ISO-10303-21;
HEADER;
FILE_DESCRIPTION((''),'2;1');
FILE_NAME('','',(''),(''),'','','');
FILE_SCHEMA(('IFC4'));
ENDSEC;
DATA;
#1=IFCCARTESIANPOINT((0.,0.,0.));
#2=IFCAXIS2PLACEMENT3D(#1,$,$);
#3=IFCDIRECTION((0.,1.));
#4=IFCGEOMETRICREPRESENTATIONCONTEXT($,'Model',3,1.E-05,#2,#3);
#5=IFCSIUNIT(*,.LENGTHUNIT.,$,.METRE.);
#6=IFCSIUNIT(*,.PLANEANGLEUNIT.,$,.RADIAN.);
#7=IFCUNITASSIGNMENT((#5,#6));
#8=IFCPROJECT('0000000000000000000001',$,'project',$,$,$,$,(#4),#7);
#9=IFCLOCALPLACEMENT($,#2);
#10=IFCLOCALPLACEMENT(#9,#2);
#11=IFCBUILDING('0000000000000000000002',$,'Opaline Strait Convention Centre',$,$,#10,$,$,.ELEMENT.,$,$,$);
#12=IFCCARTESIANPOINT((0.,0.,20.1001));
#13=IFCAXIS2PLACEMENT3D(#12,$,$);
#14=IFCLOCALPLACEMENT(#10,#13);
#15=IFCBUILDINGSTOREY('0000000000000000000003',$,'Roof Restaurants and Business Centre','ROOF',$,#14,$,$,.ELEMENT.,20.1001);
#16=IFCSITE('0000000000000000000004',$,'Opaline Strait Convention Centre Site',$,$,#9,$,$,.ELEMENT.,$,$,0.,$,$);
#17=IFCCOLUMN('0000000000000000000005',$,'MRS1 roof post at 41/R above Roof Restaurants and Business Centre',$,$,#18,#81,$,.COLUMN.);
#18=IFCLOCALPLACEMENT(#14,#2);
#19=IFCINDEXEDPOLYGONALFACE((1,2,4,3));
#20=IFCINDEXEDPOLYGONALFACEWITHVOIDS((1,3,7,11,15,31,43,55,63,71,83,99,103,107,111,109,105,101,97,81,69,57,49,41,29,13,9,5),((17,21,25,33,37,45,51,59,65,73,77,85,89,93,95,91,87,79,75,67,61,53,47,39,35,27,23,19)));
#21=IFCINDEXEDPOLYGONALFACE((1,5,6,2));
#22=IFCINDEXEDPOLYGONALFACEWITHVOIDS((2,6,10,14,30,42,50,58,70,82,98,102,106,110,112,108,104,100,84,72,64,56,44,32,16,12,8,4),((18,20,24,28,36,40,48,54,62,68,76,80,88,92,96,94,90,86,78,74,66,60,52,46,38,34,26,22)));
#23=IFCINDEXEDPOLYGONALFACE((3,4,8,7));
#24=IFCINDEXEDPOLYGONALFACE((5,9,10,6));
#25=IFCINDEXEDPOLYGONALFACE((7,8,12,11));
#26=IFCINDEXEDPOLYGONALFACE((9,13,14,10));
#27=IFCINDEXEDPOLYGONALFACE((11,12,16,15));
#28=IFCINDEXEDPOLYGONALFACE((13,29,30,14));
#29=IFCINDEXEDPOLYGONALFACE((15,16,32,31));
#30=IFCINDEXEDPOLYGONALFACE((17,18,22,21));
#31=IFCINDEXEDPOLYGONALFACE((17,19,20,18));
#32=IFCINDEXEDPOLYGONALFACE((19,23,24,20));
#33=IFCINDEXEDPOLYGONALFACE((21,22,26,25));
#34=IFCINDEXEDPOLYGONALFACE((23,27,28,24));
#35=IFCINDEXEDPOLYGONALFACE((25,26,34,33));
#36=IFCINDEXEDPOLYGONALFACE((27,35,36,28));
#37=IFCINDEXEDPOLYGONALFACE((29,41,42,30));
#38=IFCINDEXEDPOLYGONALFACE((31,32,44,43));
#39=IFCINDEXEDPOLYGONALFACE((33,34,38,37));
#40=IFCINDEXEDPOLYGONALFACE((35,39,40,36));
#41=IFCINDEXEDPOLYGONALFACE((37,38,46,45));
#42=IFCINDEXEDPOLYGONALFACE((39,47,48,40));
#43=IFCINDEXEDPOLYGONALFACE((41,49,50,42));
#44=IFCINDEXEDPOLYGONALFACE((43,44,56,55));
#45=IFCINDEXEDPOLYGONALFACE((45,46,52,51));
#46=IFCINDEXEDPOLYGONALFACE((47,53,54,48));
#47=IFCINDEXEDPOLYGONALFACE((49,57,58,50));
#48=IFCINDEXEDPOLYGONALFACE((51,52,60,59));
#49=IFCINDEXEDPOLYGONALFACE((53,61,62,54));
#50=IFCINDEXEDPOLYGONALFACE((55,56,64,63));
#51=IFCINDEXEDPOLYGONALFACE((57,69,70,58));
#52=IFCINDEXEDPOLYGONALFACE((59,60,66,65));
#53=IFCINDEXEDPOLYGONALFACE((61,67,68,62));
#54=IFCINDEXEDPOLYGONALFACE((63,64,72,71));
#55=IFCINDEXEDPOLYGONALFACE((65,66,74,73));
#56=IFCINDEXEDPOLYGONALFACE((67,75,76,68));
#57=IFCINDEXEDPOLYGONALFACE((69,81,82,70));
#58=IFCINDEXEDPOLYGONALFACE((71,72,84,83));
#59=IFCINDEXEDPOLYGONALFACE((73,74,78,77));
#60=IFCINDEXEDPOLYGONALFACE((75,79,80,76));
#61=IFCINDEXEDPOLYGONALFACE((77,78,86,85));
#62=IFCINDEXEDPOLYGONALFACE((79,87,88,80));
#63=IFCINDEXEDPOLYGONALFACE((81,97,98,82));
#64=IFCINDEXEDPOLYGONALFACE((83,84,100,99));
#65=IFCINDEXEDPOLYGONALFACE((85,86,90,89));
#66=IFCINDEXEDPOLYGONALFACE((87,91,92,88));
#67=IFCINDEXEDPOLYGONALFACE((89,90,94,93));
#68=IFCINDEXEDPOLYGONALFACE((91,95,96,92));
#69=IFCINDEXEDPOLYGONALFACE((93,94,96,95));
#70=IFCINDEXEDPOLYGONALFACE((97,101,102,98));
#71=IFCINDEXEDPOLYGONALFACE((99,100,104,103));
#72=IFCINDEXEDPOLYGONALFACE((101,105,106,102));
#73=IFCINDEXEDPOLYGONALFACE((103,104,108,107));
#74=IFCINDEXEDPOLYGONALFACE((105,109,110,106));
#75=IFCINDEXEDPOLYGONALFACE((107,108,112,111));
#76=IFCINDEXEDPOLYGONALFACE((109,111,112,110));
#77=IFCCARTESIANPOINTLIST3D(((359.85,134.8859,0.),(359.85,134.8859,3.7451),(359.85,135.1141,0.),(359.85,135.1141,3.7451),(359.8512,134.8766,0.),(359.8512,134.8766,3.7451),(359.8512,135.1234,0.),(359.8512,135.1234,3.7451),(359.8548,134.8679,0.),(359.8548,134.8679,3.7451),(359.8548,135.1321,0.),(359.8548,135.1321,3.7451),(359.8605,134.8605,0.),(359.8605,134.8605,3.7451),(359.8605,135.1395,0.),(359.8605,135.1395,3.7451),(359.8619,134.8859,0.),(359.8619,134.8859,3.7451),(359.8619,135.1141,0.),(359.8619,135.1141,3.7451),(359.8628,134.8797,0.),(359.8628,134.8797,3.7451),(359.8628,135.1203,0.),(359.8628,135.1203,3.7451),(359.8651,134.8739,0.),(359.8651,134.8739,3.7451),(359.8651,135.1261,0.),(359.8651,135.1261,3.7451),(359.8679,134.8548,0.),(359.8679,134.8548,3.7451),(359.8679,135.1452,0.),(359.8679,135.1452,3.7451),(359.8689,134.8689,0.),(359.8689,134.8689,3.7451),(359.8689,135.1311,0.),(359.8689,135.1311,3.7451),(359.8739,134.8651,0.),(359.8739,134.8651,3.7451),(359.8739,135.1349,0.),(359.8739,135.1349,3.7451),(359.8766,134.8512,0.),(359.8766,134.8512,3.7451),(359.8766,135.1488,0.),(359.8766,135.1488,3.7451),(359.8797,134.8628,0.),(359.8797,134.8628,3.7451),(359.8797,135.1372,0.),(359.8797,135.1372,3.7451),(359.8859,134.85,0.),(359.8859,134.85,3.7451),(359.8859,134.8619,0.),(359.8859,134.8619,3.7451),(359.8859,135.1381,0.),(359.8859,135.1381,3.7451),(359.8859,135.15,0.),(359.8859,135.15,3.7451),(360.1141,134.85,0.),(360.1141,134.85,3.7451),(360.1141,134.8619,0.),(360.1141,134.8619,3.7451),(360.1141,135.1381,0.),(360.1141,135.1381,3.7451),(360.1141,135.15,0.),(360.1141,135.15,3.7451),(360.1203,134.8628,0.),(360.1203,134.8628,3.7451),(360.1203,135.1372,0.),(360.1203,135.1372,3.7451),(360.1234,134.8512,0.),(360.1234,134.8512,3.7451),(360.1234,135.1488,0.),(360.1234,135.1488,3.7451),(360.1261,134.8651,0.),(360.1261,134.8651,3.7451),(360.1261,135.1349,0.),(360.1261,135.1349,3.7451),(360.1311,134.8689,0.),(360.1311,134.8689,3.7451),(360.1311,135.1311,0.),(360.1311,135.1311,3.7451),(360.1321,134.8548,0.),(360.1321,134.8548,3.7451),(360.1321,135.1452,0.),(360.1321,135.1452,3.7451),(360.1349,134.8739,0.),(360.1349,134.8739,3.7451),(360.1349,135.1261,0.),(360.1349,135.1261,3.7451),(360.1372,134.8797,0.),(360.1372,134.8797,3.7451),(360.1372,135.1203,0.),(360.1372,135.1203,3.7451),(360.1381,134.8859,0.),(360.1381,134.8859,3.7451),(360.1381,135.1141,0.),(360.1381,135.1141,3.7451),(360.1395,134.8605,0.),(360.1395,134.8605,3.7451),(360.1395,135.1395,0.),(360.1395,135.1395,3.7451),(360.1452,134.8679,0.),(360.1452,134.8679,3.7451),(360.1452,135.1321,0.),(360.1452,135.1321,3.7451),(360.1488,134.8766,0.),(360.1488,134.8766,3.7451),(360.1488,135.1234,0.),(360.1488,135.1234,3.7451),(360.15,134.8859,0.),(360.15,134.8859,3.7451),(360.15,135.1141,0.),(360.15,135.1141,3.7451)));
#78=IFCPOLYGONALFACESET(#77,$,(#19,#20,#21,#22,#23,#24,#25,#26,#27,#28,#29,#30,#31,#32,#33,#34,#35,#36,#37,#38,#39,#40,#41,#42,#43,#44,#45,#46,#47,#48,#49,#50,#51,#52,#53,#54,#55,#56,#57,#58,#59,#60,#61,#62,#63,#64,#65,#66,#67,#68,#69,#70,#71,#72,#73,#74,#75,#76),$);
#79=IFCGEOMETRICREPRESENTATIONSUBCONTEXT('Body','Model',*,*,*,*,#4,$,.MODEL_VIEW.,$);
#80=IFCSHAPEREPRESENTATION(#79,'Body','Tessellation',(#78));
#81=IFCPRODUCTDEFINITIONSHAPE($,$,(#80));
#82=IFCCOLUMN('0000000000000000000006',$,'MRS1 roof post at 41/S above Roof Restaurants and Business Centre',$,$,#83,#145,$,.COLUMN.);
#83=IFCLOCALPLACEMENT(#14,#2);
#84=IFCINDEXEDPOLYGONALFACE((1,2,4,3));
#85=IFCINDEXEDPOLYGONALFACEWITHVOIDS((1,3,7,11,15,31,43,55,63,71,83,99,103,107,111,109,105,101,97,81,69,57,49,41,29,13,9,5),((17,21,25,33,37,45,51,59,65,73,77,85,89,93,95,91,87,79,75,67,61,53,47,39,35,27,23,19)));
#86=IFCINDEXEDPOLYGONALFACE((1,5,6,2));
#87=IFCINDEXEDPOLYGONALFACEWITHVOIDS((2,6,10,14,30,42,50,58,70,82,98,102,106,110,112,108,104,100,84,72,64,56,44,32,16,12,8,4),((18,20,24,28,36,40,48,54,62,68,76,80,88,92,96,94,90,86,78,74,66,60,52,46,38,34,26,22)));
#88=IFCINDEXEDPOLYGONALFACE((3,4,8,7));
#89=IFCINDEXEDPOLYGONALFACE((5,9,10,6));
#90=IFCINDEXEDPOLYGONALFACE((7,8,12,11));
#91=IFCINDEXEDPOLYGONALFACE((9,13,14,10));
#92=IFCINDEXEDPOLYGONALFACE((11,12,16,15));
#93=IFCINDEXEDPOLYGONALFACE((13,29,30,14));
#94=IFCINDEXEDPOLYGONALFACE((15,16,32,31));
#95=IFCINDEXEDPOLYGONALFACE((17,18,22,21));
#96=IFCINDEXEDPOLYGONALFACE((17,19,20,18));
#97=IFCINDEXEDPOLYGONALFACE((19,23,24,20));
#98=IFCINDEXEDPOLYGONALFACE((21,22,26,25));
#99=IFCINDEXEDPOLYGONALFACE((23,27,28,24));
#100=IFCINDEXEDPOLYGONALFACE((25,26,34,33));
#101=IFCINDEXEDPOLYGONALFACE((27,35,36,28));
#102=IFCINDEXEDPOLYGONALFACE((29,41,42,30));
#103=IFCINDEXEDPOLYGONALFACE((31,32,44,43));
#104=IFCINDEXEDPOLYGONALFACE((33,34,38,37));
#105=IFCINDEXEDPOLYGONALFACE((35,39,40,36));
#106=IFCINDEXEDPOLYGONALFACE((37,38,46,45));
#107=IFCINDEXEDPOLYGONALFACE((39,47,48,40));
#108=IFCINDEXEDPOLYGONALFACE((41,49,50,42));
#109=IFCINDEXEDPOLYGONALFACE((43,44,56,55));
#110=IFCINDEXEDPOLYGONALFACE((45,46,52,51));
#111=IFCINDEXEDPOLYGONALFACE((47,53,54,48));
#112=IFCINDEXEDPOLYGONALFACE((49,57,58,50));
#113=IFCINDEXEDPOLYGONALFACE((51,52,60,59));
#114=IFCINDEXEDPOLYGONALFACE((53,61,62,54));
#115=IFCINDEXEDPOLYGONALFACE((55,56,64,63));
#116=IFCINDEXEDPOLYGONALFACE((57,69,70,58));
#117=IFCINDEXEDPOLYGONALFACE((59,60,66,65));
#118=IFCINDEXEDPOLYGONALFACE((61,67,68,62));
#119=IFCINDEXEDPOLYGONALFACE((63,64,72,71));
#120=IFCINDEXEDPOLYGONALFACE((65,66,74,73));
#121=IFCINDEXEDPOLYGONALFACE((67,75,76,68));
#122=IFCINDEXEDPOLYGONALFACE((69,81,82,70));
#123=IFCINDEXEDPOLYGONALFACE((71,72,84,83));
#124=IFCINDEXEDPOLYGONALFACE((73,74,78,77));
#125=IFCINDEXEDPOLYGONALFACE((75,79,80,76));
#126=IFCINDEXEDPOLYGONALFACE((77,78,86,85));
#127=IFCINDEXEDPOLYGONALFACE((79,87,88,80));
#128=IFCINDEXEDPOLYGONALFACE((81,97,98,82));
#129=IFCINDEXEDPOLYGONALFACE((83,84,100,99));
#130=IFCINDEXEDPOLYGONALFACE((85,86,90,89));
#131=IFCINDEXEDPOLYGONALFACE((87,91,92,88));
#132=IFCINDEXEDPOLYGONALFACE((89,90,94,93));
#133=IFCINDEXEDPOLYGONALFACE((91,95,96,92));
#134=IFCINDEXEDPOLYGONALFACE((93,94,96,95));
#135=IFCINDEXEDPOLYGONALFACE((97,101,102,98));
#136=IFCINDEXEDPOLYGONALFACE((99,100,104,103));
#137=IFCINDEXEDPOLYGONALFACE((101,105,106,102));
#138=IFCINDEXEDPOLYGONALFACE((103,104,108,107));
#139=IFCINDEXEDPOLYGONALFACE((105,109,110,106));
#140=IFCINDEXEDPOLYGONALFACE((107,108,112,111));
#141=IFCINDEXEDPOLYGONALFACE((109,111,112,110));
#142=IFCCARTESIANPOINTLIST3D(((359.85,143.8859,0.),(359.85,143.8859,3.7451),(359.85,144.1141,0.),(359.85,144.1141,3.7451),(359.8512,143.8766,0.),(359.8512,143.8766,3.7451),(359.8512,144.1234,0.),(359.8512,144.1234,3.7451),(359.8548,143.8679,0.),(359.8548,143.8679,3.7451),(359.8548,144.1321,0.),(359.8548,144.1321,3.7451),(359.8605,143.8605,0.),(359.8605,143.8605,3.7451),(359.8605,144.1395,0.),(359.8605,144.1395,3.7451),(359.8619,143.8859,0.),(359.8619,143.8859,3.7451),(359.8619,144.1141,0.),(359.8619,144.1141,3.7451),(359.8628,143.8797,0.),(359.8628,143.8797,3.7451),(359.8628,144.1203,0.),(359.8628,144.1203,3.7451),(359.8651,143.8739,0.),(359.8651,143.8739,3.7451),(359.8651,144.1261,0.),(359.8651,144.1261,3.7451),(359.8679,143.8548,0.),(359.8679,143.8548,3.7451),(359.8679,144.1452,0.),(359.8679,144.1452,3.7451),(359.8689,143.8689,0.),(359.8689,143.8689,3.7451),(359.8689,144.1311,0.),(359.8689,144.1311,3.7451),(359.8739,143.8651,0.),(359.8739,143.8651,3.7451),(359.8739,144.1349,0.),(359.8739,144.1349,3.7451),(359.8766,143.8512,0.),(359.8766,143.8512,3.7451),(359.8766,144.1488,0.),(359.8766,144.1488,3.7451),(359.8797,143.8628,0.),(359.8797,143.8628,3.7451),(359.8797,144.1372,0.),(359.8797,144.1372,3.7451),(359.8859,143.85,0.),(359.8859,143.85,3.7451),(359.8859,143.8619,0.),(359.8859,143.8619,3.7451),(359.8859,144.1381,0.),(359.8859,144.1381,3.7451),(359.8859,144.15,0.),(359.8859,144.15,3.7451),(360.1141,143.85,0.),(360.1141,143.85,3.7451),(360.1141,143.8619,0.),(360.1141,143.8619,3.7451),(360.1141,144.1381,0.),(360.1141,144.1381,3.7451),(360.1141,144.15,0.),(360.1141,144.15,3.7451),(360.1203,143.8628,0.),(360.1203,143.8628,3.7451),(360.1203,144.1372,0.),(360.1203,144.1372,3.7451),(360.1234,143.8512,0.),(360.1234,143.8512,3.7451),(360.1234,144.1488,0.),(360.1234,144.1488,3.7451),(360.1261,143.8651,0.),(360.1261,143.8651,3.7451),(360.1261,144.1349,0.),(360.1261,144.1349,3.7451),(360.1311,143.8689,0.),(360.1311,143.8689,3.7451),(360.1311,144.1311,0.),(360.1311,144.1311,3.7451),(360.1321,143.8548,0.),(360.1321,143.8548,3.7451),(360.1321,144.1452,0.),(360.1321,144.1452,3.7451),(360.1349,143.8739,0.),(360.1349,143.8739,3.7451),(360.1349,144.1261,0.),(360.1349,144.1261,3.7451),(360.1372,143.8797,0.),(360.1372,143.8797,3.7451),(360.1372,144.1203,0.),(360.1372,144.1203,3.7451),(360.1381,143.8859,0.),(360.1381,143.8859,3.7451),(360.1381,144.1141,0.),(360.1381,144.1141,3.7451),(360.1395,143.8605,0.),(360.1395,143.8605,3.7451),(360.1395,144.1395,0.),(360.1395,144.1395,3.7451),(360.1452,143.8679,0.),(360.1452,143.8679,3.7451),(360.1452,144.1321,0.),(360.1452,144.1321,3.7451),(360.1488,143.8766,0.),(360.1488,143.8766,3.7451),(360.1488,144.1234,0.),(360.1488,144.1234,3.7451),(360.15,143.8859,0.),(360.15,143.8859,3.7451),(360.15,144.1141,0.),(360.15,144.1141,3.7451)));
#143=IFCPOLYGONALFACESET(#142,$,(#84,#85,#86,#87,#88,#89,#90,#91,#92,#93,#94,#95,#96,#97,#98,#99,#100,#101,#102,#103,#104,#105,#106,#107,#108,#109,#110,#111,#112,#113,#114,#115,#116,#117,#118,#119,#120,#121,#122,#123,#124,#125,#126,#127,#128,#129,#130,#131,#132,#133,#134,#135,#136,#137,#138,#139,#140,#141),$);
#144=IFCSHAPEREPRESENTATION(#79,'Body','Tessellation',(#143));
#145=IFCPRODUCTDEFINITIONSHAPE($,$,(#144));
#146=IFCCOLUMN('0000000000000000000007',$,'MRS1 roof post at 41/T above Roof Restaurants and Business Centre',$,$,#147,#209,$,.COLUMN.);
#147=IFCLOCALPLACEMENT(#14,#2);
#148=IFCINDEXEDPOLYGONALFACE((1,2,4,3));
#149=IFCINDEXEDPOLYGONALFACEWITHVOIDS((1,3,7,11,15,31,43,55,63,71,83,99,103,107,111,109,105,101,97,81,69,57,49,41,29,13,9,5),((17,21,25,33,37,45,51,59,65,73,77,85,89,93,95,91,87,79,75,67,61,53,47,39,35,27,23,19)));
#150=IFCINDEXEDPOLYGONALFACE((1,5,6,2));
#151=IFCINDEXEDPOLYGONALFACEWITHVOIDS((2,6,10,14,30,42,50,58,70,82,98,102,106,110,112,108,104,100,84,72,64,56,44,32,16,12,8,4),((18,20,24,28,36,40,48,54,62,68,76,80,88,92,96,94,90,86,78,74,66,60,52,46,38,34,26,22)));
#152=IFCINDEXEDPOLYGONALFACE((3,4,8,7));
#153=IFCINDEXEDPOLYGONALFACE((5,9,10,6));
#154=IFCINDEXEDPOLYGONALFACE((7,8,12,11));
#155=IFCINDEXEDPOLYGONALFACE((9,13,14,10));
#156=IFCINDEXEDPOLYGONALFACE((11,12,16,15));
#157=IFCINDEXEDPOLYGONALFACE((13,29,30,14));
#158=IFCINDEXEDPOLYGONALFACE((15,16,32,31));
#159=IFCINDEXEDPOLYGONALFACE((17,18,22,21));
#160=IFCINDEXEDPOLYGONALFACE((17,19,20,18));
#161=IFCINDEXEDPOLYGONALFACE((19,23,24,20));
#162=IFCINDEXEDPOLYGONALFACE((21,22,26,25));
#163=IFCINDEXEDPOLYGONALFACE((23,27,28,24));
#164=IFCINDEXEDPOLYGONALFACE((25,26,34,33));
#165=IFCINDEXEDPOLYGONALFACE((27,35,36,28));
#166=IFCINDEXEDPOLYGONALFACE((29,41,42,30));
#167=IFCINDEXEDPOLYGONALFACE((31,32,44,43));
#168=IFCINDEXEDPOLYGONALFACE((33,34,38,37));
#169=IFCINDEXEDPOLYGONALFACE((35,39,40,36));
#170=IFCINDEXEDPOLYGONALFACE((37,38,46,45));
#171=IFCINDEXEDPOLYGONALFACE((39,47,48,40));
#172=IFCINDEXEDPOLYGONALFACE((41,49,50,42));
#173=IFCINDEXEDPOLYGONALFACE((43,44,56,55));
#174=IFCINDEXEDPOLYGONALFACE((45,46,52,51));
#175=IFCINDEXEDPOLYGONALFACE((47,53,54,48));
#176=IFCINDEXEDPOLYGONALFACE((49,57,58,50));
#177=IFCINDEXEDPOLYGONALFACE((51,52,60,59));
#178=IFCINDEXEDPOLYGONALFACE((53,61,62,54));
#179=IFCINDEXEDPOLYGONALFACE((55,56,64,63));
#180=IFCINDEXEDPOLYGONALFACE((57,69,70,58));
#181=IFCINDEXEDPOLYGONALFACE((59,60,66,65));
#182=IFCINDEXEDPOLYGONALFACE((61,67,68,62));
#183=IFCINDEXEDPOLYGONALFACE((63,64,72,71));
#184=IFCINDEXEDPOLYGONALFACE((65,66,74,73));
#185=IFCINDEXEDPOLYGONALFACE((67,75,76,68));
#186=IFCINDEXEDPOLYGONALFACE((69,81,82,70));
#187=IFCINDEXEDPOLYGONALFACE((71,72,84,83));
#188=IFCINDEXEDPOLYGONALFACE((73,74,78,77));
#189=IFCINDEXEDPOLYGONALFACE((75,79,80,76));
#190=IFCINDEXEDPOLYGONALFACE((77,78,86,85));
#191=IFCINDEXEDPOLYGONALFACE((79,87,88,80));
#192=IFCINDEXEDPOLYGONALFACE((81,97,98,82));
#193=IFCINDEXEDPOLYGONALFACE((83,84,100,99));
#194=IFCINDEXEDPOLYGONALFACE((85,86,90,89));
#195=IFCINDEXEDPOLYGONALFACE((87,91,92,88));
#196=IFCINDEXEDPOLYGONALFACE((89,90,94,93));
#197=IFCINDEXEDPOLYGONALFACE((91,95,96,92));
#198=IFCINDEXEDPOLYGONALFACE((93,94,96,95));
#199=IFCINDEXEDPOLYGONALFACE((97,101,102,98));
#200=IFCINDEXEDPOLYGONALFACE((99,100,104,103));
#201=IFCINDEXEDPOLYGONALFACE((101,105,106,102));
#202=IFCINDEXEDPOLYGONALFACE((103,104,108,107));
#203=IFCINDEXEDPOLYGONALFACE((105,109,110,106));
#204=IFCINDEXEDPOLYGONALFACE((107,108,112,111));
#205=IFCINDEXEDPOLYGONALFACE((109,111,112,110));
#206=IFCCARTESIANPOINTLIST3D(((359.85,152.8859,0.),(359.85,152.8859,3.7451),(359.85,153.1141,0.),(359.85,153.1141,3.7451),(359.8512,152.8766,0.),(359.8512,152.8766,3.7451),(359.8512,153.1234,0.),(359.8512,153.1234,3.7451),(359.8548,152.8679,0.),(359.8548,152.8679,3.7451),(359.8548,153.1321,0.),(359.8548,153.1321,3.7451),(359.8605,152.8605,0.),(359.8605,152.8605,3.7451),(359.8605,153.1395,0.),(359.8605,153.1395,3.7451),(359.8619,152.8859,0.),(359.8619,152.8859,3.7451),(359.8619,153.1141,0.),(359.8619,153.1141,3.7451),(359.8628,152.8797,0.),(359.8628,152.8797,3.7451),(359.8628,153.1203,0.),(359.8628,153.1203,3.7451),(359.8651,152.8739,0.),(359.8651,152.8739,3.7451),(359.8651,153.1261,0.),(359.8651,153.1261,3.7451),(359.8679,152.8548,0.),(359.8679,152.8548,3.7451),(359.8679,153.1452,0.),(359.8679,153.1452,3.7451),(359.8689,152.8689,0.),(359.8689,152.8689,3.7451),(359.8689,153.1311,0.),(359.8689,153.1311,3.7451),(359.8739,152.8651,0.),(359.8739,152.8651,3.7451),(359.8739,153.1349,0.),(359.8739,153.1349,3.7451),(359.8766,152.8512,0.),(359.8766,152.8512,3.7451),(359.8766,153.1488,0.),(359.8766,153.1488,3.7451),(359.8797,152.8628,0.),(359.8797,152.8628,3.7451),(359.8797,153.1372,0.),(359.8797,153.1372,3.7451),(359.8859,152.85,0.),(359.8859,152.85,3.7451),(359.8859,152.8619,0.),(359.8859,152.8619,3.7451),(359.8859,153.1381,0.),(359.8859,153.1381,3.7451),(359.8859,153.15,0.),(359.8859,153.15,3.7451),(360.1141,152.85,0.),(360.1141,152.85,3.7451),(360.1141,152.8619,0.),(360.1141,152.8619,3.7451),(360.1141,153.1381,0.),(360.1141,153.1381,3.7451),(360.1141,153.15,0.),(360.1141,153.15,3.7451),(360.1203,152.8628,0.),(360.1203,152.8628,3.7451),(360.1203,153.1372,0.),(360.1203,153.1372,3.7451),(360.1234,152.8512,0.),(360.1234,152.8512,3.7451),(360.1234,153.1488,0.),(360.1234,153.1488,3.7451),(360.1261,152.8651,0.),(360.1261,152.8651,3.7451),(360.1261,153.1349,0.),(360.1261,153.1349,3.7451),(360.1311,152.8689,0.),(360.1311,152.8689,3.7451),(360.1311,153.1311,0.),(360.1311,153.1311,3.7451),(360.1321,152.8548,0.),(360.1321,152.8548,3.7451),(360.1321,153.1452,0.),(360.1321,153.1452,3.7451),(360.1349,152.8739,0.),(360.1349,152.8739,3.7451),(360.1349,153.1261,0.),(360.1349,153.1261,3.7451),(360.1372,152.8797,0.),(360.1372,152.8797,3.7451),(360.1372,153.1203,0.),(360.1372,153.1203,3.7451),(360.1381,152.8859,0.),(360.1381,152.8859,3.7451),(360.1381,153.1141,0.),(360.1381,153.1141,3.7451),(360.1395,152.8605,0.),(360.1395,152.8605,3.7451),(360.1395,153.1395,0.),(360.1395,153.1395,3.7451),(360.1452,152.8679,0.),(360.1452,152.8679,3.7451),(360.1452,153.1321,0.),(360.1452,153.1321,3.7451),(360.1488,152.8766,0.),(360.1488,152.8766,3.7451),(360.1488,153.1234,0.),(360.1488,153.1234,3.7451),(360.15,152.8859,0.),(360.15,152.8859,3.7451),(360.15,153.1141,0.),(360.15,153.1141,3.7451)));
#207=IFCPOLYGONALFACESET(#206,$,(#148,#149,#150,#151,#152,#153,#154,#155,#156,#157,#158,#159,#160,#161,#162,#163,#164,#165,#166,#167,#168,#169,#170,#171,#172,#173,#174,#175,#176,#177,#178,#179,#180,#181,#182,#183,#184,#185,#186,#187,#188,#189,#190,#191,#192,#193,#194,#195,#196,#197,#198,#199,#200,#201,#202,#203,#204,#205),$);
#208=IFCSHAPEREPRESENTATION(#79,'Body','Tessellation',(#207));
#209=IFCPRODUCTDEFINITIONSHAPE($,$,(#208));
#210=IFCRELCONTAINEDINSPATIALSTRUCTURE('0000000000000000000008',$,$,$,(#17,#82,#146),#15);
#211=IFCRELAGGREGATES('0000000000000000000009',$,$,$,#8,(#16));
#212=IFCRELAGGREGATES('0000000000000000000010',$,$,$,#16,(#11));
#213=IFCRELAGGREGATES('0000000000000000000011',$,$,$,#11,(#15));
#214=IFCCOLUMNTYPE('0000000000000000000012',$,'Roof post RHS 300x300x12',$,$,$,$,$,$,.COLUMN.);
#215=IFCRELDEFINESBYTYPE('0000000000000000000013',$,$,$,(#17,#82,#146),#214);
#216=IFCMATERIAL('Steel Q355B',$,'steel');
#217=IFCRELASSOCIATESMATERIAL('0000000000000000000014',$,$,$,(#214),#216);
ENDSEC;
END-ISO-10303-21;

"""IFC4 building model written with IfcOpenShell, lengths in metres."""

from ifc_helpers import new_model, si_unit, direction, frame, origin, origin_2d, place, context, subcontext, project, spatial, hollow_rectangle, extrude, material, material_profile, profile_set, type_object, element, save


model = new_model("IFC4")

# Units and contexts
model_context = context("Model", 3, precision=1e-05, world=origin(), true_north=direction((0.0, 1.0)))
body_context = subcontext(model_context, "Body", "Model", "MODEL_VIEW")
ifc_project = project(units=[si_unit("LENGTHUNIT", "METRE"), si_unit("PLANEANGLEUNIT", "RADIAN")], contexts=[model_context])

# Site, building, storey
site_placement = place(None, origin())
site = spatial("IfcSite", under=ifc_project, at=site_placement, Name="Opaline Strait Convention Centre Site", CompositionType="ELEMENT", RefElevation=0.0)
building_placement = place(site_placement, origin())
building = spatial("IfcBuilding", under=site, at=building_placement, Name="Opaline Strait Convention Centre", CompositionType="ELEMENT")
storey_placement = place(building_placement, frame((0.0, 0.0, 20.1001)))
storey = spatial("IfcBuildingStorey", under=building, at=storey_placement, Name="Roof Restaurants and Business Centre", Description="ROOF", CompositionType="ELEMENT", Elevation=20.1001)

# Columns
ifc_material = material(Name="Steel Q355B", Category="steel")
ifc_material_profile = material_profile(ifc_material, hollow_rectangle(XDim=0.3, YDim=0.3, WallThickness=0.012, InnerFilletRadius=0.0239, OuterFilletRadius=0.0359, at=origin_2d()), Name="RHS 300x300x12")
ifc_profile_set = profile_set([ifc_material_profile], Name="Steel Q355B")
column_type = type_object("IfcColumnType", Name="Roof post RHS 300x300x12", PredefinedType="COLUMN", material=ifc_profile_set)
for number, where, z_axis, x_axis, name in (
    (1, (360.0, 135.0, 0.0), (0.0, 0.0, 1.0), (1.0, 0.0, 0.0), "MRS1 roof post at 41/R above Roof Restaurants and Business Centre"),
    (2, (360.0, 144.0, 0.0), (0.0, 0.0, 1.0), (1.0, 0.0, 0.0), "MRS1 roof post at 41/S above Roof Restaurants and Business Centre"),
    (3, (360.0, 153.0, 0.0), (0.0, 0.0, 1.0), (1.0, 0.0, 0.0), "MRS1 roof post at 41/T above Roof Restaurants and Business Centre"),
):
    element("IfcColumn", number, at=place(storey_placement, frame(where, z_axis=z_axis, x_axis=x_axis)), inside=storey, type_object=column_type, Name=name, PredefinedType="COLUMN", context=body_context, shape_type="SweptSolid", body=[
        extrude(hollow_rectangle(XDim=0.3, YDim=0.3, WallThickness=0.012, InnerFilletRadius=0.0239, OuterFilletRadius=0.0359, at=origin_2d()), origin(), (0.0, 0.0, 1.0), 3.7451),
    ])

save(model, "model.ifc")
